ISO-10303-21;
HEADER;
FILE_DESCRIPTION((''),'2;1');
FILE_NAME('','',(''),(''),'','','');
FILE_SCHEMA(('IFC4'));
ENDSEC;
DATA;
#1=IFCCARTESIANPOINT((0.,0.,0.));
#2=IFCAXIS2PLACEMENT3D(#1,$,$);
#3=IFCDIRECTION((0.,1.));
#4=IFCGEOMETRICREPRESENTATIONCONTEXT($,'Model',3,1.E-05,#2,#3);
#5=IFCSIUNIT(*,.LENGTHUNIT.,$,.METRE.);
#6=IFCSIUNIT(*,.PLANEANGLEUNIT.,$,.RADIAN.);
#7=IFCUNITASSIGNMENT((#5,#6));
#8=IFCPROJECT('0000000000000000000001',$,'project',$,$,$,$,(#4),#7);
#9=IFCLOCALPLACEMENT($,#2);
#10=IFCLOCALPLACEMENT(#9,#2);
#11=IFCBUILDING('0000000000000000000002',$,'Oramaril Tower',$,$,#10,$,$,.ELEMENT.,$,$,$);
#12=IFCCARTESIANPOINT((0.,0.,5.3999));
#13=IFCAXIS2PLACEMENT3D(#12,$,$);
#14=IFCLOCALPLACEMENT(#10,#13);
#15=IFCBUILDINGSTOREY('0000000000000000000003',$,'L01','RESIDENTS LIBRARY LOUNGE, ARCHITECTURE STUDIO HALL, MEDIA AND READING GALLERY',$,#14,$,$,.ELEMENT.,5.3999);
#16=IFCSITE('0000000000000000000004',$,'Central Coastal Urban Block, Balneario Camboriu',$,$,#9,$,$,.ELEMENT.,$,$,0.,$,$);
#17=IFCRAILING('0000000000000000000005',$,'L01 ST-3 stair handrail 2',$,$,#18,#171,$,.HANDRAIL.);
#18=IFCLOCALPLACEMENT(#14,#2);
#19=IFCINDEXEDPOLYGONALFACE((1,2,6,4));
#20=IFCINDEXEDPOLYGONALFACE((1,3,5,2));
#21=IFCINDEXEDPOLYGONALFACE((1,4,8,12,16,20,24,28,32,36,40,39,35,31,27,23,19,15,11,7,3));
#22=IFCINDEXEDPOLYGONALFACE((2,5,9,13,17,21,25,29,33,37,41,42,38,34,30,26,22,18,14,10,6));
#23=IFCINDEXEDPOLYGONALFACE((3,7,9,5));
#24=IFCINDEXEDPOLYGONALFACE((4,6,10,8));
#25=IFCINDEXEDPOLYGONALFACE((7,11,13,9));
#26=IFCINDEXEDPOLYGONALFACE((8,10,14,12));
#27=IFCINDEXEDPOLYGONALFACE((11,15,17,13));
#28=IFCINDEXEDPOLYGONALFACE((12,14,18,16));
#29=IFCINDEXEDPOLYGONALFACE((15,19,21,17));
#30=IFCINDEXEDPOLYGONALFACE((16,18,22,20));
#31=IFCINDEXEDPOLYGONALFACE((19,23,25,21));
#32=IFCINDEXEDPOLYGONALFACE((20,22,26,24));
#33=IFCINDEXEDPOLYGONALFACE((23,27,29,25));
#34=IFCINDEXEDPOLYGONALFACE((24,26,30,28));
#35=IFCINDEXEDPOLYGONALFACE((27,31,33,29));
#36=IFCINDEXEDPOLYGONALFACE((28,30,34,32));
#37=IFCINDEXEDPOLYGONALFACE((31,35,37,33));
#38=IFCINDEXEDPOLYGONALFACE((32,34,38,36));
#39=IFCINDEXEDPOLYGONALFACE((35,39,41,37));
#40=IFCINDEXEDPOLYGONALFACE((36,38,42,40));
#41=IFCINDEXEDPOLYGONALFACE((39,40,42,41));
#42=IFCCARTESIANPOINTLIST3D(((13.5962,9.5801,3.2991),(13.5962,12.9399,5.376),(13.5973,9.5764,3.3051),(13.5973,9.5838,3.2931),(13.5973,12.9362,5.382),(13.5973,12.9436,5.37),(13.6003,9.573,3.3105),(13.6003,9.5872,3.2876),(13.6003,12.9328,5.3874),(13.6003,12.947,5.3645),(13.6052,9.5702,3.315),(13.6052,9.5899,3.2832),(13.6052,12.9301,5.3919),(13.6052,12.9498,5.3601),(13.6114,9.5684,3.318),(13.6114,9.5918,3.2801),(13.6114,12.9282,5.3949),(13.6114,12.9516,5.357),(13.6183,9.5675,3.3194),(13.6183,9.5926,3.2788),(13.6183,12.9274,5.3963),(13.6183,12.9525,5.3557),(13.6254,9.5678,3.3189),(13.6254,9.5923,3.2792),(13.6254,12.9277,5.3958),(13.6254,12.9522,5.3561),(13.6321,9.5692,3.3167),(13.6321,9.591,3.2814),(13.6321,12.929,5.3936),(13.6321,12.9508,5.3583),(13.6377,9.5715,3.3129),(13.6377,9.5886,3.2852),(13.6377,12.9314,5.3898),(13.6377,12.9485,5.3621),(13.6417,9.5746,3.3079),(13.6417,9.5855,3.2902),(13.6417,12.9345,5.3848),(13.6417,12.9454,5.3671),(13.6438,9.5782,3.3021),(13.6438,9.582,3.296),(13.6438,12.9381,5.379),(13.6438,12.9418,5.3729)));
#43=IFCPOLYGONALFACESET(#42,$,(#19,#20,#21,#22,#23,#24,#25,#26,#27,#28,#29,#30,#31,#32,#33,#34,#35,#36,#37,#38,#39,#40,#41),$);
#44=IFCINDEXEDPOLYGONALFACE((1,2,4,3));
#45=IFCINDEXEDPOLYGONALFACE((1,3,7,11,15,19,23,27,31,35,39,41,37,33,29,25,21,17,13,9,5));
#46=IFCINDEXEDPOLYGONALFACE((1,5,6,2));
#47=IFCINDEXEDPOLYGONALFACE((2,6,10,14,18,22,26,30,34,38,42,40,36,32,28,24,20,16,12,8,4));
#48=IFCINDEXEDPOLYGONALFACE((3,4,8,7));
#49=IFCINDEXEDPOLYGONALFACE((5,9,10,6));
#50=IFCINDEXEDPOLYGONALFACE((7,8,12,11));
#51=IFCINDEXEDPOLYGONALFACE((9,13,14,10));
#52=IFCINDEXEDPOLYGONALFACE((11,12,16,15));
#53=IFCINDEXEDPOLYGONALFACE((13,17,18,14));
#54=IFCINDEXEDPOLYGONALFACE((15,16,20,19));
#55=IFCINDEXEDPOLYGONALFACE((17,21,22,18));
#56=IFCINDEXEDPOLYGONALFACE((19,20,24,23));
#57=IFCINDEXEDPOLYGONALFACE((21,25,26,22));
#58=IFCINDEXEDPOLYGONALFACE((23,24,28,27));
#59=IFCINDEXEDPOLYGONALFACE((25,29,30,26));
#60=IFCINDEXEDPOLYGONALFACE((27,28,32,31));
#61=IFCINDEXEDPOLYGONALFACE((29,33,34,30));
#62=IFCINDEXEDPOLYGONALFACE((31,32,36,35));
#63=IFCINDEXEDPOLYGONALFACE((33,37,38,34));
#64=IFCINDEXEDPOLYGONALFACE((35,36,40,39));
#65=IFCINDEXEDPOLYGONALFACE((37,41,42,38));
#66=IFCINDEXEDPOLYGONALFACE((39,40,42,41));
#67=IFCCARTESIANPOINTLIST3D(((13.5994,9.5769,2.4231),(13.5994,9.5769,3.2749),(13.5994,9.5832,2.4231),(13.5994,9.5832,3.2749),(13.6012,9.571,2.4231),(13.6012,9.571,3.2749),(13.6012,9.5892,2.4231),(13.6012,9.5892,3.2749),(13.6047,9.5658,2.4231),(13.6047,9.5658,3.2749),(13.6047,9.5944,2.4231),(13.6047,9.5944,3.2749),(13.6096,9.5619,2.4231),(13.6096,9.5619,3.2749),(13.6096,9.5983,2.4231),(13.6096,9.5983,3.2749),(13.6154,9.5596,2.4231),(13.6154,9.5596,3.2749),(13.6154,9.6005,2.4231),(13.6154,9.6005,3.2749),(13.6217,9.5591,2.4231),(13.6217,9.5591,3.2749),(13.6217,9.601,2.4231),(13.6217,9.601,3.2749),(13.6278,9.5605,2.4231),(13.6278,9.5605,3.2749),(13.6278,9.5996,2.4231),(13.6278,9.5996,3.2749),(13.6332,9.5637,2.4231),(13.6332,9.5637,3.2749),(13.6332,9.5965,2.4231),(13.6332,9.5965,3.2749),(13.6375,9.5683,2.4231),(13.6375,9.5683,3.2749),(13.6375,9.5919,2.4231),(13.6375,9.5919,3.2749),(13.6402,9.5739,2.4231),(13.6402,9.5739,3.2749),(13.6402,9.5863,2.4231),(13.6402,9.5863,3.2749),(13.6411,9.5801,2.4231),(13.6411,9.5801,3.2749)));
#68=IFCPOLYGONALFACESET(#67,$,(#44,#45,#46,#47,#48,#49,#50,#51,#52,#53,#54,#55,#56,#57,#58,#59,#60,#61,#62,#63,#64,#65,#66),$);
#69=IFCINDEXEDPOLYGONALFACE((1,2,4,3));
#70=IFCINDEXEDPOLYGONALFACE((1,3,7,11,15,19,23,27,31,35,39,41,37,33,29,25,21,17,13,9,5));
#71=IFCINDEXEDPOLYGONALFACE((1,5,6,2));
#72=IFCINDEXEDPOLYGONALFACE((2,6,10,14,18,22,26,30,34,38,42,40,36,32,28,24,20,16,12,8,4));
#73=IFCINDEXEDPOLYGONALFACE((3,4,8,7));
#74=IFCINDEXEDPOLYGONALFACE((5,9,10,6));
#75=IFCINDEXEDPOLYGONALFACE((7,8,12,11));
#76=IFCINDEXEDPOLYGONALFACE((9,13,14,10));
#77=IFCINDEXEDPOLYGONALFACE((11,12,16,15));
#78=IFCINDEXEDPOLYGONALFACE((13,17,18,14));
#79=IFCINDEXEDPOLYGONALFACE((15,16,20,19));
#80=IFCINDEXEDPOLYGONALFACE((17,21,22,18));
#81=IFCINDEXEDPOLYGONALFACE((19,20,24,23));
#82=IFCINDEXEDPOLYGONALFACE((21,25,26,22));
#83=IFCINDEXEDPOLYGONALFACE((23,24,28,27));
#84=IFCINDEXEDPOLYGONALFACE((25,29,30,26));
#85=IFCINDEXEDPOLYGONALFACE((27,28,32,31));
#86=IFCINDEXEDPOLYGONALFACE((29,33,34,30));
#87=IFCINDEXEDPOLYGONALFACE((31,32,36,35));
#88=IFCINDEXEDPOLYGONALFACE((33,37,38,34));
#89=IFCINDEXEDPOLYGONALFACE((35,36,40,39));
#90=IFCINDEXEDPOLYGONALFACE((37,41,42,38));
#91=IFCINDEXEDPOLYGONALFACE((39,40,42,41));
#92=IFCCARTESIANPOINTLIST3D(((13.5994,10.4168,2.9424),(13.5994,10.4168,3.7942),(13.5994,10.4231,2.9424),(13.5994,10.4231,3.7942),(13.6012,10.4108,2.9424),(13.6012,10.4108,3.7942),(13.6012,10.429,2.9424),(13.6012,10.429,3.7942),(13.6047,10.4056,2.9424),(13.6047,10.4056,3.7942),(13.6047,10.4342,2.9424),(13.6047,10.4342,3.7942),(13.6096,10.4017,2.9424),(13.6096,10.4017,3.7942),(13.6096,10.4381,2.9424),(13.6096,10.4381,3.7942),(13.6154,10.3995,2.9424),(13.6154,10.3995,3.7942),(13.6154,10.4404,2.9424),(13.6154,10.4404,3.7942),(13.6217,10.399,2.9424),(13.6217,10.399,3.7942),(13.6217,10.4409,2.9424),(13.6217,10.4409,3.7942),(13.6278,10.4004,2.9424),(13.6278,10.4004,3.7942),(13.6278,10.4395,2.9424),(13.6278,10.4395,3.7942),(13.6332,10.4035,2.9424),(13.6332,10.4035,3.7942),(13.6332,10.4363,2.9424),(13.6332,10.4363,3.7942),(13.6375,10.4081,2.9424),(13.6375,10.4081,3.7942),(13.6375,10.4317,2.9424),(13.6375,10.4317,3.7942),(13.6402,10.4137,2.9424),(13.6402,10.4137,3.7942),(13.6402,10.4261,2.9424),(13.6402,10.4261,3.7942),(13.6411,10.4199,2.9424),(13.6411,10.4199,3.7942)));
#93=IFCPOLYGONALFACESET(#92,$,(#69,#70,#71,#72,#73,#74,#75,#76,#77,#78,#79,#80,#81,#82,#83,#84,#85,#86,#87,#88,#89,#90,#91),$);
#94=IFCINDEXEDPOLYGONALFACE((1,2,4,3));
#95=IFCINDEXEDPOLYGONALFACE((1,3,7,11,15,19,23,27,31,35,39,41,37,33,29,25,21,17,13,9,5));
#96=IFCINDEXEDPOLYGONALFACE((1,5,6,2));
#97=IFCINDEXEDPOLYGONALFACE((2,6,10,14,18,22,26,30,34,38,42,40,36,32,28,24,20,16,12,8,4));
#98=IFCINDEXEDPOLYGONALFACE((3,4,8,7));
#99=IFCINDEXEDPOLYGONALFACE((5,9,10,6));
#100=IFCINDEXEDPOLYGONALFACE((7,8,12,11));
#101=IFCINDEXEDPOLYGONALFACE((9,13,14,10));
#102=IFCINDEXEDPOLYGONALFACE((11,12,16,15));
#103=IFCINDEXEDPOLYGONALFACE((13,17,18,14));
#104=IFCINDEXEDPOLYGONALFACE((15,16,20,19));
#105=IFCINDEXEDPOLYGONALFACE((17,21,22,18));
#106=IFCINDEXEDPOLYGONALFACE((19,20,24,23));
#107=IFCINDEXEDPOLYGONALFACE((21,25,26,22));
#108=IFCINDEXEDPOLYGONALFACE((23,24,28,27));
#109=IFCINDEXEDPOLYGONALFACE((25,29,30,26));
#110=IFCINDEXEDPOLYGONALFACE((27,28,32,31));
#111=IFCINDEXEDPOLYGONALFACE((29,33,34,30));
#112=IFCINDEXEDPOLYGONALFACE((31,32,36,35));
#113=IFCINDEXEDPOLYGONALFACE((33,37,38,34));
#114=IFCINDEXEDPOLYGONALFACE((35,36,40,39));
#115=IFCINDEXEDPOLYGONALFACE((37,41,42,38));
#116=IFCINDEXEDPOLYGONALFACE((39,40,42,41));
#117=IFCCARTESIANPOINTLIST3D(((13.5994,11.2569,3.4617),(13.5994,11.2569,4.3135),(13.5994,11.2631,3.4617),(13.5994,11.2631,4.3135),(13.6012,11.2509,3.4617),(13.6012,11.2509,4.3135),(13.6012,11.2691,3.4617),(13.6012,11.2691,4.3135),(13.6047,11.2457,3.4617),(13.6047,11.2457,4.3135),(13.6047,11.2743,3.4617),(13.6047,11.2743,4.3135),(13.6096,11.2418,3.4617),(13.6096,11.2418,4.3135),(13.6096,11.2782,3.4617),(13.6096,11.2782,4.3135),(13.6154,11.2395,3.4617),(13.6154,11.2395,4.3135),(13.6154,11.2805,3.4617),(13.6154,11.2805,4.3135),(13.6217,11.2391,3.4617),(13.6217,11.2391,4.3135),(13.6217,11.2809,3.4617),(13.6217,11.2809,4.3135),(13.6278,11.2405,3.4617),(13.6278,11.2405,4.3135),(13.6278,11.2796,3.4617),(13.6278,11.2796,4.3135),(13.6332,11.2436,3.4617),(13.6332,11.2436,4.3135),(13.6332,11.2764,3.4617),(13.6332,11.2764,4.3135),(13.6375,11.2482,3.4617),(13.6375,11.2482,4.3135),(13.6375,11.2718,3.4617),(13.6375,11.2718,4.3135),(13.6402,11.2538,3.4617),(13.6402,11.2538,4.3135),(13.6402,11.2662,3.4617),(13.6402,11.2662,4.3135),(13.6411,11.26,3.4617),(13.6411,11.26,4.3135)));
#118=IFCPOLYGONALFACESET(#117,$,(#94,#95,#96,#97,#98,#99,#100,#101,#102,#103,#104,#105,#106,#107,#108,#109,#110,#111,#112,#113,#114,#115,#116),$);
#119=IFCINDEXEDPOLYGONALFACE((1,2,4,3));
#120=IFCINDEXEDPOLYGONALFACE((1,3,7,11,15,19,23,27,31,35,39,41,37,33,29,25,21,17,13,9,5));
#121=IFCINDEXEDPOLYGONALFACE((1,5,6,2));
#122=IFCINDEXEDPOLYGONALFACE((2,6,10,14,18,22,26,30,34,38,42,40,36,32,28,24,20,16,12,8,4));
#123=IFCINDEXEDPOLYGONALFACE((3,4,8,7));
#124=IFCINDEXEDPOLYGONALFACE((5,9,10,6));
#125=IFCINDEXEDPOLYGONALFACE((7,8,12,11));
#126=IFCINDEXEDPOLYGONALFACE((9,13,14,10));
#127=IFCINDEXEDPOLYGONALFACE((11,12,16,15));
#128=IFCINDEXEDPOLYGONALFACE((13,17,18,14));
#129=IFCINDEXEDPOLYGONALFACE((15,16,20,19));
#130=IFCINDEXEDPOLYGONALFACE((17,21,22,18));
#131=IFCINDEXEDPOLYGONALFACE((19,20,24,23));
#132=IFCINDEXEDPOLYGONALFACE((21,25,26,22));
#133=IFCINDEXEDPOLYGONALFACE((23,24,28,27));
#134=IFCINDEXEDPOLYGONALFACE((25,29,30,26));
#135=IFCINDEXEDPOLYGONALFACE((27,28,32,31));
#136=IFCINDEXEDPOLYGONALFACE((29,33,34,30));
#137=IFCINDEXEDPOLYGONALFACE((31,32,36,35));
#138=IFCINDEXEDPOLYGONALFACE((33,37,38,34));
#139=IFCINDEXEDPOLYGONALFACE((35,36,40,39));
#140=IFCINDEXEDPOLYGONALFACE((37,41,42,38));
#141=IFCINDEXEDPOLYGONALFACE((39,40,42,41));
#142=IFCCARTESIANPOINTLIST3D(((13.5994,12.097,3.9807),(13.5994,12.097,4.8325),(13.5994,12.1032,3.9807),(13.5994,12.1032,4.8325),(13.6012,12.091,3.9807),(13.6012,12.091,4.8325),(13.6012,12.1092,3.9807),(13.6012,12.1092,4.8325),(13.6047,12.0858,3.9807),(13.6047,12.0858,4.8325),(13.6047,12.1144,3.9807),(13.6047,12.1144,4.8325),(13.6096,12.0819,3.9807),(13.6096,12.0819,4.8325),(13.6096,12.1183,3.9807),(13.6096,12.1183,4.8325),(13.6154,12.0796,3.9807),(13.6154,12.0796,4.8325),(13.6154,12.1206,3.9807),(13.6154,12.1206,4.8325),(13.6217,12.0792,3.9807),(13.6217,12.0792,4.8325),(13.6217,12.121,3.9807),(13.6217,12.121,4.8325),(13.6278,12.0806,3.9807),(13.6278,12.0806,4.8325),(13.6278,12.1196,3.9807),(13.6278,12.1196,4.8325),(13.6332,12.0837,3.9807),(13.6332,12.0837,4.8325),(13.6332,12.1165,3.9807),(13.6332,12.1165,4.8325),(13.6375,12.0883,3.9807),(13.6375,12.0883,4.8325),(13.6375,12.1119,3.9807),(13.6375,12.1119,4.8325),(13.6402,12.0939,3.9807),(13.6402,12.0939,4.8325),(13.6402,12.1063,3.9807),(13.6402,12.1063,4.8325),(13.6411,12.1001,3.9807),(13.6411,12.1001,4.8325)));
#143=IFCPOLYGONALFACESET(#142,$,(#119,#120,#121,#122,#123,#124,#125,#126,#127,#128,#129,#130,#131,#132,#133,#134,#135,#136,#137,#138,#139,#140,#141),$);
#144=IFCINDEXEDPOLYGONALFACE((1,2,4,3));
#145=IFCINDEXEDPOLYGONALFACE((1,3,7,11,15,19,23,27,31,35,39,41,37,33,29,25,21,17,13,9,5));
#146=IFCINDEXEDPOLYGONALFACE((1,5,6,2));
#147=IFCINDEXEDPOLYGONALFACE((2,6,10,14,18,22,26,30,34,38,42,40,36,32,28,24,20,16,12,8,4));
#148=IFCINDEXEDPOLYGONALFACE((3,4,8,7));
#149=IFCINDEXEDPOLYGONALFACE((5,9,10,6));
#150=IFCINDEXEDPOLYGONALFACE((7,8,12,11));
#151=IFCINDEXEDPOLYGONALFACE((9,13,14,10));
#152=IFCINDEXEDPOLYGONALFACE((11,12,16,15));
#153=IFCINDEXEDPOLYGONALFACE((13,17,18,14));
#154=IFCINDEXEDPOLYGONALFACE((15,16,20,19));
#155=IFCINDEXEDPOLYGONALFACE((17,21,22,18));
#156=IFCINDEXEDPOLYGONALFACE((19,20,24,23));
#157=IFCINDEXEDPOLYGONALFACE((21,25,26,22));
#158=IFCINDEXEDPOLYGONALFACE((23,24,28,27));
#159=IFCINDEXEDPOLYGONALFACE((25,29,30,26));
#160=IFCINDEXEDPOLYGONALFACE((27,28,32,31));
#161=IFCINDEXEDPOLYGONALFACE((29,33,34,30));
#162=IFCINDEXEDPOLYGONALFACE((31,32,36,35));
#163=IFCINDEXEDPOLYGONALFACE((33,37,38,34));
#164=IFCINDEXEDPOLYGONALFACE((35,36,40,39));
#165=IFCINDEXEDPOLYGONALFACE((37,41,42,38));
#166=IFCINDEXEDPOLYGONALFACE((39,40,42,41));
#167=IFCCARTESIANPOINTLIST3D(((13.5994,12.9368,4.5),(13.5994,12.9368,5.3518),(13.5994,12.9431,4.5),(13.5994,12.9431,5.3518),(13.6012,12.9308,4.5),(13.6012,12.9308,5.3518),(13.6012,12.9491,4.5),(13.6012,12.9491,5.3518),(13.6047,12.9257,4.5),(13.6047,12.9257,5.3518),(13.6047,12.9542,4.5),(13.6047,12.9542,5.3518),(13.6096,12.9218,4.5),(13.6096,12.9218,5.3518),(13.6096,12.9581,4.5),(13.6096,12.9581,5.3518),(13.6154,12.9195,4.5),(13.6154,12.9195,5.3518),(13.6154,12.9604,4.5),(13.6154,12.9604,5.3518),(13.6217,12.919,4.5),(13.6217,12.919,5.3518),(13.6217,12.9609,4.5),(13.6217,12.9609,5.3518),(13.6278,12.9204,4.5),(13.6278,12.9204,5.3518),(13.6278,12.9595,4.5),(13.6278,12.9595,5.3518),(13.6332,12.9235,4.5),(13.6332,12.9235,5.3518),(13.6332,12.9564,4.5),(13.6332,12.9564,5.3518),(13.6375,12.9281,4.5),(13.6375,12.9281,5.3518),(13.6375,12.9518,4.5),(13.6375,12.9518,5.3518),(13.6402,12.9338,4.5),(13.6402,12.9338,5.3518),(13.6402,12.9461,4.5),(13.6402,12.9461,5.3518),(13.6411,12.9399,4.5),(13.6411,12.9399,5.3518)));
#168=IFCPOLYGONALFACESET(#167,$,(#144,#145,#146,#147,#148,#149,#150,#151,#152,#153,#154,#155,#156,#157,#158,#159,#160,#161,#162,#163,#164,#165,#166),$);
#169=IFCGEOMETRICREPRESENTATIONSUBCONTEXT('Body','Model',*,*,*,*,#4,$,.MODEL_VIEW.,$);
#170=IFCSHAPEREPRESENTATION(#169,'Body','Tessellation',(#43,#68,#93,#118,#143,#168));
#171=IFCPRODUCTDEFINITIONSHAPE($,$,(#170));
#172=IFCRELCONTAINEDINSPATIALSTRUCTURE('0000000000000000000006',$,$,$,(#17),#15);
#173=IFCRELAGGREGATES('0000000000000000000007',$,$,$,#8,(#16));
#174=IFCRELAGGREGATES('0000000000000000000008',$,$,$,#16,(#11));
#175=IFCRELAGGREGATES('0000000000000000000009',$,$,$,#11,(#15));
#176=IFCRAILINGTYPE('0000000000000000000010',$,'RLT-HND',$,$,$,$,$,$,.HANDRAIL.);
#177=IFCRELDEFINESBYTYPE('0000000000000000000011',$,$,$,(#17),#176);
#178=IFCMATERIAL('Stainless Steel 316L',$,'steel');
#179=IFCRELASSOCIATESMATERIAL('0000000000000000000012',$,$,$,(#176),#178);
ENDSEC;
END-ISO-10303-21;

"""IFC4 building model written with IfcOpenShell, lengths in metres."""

from ifc_helpers import new_model, si_unit, direction, frame, origin, origin_2d, place, context, subcontext, project, spatial, circle, extrude, material, type_object, element, save


model = new_model("IFC4")

# Units and contexts
model_context = context("Model", 3, precision=1e-05, world=origin(), true_north=direction((0.0, 1.0)))
body_context = subcontext(model_context, "Body", "Model", "MODEL_VIEW")
ifc_project = project(units=[si_unit("LENGTHUNIT", "METRE"), si_unit("PLANEANGLEUNIT", "RADIAN")], contexts=[model_context])

# Site, building, storey
site_placement = place(None, origin())
site = spatial("IfcSite", under=ifc_project, at=site_placement, Name="Central Coastal Urban Block, Balneario Camboriu", CompositionType="ELEMENT", RefElevation=0.0)
building_placement = place(site_placement, origin())
building = spatial("IfcBuilding", under=site, at=building_placement, Name="Oramaril Tower", CompositionType="ELEMENT")
storey_placement = place(building_placement, frame((0.0, 0.0, 5.3999)))
storey = spatial("IfcBuildingStorey", under=building, at=storey_placement, Name="L01", Description="RESIDENTS LIBRARY LOUNGE, ARCHITECTURE STUDIO HALL, MEDIA AND READING GALLERY", CompositionType="ELEMENT", Elevation=5.3999)

# Railing
ifc_material_1 = material(Name="Stainless Steel 316L", Category="steel")
railing_type_1 = type_object("IfcRailingType", Name="RLT-HND", PredefinedType="HANDRAIL", material=ifc_material_1)
railing_1_placement = place(storey_placement, frame((13.6201, 9.5801, 2.4231)))
element("IfcRailing", 1, at=railing_1_placement, inside=storey, type_object=railing_type_1, Name="L01 ST-3 stair handrail 2", PredefinedType="HANDRAIL", context=body_context, shape_type="SweptSolid", body=[
    extrude(circle(Radius=0.0239, at=origin_2d()), frame((0.0, 0.0, 0.876), z_axis=(0.0, 0.850606, 0.525803), x_axis=(-1.0, 0.0, 0.0)), (0.0, 0.0, 1.0), 3.95),
    extrude(circle(Radius=0.021, at=origin_2d()), origin(), (0.0, 0.0, 1.0), 0.8518),
    extrude(circle(Radius=0.021, at=origin_2d()), frame((0.0, 0.8398, 0.5193)), (0.0, 0.0, 1.0), 0.8518),
    extrude(circle(Radius=0.021, at=origin_2d()), frame((0.0, 1.6799, 1.0386)), (0.0, 0.0, 1.0), 0.8518),
    extrude(circle(Radius=0.021, at=origin_2d()), frame((0.0, 2.52, 1.5576)), (0.0, 0.0, 1.0), 0.8518),
    extrude(circle(Radius=0.021, at=origin_2d()), frame((0.0, 3.3599, 2.0769)), (0.0, 0.0, 1.0), 0.8518),
])

save(model, "model.ifc")
